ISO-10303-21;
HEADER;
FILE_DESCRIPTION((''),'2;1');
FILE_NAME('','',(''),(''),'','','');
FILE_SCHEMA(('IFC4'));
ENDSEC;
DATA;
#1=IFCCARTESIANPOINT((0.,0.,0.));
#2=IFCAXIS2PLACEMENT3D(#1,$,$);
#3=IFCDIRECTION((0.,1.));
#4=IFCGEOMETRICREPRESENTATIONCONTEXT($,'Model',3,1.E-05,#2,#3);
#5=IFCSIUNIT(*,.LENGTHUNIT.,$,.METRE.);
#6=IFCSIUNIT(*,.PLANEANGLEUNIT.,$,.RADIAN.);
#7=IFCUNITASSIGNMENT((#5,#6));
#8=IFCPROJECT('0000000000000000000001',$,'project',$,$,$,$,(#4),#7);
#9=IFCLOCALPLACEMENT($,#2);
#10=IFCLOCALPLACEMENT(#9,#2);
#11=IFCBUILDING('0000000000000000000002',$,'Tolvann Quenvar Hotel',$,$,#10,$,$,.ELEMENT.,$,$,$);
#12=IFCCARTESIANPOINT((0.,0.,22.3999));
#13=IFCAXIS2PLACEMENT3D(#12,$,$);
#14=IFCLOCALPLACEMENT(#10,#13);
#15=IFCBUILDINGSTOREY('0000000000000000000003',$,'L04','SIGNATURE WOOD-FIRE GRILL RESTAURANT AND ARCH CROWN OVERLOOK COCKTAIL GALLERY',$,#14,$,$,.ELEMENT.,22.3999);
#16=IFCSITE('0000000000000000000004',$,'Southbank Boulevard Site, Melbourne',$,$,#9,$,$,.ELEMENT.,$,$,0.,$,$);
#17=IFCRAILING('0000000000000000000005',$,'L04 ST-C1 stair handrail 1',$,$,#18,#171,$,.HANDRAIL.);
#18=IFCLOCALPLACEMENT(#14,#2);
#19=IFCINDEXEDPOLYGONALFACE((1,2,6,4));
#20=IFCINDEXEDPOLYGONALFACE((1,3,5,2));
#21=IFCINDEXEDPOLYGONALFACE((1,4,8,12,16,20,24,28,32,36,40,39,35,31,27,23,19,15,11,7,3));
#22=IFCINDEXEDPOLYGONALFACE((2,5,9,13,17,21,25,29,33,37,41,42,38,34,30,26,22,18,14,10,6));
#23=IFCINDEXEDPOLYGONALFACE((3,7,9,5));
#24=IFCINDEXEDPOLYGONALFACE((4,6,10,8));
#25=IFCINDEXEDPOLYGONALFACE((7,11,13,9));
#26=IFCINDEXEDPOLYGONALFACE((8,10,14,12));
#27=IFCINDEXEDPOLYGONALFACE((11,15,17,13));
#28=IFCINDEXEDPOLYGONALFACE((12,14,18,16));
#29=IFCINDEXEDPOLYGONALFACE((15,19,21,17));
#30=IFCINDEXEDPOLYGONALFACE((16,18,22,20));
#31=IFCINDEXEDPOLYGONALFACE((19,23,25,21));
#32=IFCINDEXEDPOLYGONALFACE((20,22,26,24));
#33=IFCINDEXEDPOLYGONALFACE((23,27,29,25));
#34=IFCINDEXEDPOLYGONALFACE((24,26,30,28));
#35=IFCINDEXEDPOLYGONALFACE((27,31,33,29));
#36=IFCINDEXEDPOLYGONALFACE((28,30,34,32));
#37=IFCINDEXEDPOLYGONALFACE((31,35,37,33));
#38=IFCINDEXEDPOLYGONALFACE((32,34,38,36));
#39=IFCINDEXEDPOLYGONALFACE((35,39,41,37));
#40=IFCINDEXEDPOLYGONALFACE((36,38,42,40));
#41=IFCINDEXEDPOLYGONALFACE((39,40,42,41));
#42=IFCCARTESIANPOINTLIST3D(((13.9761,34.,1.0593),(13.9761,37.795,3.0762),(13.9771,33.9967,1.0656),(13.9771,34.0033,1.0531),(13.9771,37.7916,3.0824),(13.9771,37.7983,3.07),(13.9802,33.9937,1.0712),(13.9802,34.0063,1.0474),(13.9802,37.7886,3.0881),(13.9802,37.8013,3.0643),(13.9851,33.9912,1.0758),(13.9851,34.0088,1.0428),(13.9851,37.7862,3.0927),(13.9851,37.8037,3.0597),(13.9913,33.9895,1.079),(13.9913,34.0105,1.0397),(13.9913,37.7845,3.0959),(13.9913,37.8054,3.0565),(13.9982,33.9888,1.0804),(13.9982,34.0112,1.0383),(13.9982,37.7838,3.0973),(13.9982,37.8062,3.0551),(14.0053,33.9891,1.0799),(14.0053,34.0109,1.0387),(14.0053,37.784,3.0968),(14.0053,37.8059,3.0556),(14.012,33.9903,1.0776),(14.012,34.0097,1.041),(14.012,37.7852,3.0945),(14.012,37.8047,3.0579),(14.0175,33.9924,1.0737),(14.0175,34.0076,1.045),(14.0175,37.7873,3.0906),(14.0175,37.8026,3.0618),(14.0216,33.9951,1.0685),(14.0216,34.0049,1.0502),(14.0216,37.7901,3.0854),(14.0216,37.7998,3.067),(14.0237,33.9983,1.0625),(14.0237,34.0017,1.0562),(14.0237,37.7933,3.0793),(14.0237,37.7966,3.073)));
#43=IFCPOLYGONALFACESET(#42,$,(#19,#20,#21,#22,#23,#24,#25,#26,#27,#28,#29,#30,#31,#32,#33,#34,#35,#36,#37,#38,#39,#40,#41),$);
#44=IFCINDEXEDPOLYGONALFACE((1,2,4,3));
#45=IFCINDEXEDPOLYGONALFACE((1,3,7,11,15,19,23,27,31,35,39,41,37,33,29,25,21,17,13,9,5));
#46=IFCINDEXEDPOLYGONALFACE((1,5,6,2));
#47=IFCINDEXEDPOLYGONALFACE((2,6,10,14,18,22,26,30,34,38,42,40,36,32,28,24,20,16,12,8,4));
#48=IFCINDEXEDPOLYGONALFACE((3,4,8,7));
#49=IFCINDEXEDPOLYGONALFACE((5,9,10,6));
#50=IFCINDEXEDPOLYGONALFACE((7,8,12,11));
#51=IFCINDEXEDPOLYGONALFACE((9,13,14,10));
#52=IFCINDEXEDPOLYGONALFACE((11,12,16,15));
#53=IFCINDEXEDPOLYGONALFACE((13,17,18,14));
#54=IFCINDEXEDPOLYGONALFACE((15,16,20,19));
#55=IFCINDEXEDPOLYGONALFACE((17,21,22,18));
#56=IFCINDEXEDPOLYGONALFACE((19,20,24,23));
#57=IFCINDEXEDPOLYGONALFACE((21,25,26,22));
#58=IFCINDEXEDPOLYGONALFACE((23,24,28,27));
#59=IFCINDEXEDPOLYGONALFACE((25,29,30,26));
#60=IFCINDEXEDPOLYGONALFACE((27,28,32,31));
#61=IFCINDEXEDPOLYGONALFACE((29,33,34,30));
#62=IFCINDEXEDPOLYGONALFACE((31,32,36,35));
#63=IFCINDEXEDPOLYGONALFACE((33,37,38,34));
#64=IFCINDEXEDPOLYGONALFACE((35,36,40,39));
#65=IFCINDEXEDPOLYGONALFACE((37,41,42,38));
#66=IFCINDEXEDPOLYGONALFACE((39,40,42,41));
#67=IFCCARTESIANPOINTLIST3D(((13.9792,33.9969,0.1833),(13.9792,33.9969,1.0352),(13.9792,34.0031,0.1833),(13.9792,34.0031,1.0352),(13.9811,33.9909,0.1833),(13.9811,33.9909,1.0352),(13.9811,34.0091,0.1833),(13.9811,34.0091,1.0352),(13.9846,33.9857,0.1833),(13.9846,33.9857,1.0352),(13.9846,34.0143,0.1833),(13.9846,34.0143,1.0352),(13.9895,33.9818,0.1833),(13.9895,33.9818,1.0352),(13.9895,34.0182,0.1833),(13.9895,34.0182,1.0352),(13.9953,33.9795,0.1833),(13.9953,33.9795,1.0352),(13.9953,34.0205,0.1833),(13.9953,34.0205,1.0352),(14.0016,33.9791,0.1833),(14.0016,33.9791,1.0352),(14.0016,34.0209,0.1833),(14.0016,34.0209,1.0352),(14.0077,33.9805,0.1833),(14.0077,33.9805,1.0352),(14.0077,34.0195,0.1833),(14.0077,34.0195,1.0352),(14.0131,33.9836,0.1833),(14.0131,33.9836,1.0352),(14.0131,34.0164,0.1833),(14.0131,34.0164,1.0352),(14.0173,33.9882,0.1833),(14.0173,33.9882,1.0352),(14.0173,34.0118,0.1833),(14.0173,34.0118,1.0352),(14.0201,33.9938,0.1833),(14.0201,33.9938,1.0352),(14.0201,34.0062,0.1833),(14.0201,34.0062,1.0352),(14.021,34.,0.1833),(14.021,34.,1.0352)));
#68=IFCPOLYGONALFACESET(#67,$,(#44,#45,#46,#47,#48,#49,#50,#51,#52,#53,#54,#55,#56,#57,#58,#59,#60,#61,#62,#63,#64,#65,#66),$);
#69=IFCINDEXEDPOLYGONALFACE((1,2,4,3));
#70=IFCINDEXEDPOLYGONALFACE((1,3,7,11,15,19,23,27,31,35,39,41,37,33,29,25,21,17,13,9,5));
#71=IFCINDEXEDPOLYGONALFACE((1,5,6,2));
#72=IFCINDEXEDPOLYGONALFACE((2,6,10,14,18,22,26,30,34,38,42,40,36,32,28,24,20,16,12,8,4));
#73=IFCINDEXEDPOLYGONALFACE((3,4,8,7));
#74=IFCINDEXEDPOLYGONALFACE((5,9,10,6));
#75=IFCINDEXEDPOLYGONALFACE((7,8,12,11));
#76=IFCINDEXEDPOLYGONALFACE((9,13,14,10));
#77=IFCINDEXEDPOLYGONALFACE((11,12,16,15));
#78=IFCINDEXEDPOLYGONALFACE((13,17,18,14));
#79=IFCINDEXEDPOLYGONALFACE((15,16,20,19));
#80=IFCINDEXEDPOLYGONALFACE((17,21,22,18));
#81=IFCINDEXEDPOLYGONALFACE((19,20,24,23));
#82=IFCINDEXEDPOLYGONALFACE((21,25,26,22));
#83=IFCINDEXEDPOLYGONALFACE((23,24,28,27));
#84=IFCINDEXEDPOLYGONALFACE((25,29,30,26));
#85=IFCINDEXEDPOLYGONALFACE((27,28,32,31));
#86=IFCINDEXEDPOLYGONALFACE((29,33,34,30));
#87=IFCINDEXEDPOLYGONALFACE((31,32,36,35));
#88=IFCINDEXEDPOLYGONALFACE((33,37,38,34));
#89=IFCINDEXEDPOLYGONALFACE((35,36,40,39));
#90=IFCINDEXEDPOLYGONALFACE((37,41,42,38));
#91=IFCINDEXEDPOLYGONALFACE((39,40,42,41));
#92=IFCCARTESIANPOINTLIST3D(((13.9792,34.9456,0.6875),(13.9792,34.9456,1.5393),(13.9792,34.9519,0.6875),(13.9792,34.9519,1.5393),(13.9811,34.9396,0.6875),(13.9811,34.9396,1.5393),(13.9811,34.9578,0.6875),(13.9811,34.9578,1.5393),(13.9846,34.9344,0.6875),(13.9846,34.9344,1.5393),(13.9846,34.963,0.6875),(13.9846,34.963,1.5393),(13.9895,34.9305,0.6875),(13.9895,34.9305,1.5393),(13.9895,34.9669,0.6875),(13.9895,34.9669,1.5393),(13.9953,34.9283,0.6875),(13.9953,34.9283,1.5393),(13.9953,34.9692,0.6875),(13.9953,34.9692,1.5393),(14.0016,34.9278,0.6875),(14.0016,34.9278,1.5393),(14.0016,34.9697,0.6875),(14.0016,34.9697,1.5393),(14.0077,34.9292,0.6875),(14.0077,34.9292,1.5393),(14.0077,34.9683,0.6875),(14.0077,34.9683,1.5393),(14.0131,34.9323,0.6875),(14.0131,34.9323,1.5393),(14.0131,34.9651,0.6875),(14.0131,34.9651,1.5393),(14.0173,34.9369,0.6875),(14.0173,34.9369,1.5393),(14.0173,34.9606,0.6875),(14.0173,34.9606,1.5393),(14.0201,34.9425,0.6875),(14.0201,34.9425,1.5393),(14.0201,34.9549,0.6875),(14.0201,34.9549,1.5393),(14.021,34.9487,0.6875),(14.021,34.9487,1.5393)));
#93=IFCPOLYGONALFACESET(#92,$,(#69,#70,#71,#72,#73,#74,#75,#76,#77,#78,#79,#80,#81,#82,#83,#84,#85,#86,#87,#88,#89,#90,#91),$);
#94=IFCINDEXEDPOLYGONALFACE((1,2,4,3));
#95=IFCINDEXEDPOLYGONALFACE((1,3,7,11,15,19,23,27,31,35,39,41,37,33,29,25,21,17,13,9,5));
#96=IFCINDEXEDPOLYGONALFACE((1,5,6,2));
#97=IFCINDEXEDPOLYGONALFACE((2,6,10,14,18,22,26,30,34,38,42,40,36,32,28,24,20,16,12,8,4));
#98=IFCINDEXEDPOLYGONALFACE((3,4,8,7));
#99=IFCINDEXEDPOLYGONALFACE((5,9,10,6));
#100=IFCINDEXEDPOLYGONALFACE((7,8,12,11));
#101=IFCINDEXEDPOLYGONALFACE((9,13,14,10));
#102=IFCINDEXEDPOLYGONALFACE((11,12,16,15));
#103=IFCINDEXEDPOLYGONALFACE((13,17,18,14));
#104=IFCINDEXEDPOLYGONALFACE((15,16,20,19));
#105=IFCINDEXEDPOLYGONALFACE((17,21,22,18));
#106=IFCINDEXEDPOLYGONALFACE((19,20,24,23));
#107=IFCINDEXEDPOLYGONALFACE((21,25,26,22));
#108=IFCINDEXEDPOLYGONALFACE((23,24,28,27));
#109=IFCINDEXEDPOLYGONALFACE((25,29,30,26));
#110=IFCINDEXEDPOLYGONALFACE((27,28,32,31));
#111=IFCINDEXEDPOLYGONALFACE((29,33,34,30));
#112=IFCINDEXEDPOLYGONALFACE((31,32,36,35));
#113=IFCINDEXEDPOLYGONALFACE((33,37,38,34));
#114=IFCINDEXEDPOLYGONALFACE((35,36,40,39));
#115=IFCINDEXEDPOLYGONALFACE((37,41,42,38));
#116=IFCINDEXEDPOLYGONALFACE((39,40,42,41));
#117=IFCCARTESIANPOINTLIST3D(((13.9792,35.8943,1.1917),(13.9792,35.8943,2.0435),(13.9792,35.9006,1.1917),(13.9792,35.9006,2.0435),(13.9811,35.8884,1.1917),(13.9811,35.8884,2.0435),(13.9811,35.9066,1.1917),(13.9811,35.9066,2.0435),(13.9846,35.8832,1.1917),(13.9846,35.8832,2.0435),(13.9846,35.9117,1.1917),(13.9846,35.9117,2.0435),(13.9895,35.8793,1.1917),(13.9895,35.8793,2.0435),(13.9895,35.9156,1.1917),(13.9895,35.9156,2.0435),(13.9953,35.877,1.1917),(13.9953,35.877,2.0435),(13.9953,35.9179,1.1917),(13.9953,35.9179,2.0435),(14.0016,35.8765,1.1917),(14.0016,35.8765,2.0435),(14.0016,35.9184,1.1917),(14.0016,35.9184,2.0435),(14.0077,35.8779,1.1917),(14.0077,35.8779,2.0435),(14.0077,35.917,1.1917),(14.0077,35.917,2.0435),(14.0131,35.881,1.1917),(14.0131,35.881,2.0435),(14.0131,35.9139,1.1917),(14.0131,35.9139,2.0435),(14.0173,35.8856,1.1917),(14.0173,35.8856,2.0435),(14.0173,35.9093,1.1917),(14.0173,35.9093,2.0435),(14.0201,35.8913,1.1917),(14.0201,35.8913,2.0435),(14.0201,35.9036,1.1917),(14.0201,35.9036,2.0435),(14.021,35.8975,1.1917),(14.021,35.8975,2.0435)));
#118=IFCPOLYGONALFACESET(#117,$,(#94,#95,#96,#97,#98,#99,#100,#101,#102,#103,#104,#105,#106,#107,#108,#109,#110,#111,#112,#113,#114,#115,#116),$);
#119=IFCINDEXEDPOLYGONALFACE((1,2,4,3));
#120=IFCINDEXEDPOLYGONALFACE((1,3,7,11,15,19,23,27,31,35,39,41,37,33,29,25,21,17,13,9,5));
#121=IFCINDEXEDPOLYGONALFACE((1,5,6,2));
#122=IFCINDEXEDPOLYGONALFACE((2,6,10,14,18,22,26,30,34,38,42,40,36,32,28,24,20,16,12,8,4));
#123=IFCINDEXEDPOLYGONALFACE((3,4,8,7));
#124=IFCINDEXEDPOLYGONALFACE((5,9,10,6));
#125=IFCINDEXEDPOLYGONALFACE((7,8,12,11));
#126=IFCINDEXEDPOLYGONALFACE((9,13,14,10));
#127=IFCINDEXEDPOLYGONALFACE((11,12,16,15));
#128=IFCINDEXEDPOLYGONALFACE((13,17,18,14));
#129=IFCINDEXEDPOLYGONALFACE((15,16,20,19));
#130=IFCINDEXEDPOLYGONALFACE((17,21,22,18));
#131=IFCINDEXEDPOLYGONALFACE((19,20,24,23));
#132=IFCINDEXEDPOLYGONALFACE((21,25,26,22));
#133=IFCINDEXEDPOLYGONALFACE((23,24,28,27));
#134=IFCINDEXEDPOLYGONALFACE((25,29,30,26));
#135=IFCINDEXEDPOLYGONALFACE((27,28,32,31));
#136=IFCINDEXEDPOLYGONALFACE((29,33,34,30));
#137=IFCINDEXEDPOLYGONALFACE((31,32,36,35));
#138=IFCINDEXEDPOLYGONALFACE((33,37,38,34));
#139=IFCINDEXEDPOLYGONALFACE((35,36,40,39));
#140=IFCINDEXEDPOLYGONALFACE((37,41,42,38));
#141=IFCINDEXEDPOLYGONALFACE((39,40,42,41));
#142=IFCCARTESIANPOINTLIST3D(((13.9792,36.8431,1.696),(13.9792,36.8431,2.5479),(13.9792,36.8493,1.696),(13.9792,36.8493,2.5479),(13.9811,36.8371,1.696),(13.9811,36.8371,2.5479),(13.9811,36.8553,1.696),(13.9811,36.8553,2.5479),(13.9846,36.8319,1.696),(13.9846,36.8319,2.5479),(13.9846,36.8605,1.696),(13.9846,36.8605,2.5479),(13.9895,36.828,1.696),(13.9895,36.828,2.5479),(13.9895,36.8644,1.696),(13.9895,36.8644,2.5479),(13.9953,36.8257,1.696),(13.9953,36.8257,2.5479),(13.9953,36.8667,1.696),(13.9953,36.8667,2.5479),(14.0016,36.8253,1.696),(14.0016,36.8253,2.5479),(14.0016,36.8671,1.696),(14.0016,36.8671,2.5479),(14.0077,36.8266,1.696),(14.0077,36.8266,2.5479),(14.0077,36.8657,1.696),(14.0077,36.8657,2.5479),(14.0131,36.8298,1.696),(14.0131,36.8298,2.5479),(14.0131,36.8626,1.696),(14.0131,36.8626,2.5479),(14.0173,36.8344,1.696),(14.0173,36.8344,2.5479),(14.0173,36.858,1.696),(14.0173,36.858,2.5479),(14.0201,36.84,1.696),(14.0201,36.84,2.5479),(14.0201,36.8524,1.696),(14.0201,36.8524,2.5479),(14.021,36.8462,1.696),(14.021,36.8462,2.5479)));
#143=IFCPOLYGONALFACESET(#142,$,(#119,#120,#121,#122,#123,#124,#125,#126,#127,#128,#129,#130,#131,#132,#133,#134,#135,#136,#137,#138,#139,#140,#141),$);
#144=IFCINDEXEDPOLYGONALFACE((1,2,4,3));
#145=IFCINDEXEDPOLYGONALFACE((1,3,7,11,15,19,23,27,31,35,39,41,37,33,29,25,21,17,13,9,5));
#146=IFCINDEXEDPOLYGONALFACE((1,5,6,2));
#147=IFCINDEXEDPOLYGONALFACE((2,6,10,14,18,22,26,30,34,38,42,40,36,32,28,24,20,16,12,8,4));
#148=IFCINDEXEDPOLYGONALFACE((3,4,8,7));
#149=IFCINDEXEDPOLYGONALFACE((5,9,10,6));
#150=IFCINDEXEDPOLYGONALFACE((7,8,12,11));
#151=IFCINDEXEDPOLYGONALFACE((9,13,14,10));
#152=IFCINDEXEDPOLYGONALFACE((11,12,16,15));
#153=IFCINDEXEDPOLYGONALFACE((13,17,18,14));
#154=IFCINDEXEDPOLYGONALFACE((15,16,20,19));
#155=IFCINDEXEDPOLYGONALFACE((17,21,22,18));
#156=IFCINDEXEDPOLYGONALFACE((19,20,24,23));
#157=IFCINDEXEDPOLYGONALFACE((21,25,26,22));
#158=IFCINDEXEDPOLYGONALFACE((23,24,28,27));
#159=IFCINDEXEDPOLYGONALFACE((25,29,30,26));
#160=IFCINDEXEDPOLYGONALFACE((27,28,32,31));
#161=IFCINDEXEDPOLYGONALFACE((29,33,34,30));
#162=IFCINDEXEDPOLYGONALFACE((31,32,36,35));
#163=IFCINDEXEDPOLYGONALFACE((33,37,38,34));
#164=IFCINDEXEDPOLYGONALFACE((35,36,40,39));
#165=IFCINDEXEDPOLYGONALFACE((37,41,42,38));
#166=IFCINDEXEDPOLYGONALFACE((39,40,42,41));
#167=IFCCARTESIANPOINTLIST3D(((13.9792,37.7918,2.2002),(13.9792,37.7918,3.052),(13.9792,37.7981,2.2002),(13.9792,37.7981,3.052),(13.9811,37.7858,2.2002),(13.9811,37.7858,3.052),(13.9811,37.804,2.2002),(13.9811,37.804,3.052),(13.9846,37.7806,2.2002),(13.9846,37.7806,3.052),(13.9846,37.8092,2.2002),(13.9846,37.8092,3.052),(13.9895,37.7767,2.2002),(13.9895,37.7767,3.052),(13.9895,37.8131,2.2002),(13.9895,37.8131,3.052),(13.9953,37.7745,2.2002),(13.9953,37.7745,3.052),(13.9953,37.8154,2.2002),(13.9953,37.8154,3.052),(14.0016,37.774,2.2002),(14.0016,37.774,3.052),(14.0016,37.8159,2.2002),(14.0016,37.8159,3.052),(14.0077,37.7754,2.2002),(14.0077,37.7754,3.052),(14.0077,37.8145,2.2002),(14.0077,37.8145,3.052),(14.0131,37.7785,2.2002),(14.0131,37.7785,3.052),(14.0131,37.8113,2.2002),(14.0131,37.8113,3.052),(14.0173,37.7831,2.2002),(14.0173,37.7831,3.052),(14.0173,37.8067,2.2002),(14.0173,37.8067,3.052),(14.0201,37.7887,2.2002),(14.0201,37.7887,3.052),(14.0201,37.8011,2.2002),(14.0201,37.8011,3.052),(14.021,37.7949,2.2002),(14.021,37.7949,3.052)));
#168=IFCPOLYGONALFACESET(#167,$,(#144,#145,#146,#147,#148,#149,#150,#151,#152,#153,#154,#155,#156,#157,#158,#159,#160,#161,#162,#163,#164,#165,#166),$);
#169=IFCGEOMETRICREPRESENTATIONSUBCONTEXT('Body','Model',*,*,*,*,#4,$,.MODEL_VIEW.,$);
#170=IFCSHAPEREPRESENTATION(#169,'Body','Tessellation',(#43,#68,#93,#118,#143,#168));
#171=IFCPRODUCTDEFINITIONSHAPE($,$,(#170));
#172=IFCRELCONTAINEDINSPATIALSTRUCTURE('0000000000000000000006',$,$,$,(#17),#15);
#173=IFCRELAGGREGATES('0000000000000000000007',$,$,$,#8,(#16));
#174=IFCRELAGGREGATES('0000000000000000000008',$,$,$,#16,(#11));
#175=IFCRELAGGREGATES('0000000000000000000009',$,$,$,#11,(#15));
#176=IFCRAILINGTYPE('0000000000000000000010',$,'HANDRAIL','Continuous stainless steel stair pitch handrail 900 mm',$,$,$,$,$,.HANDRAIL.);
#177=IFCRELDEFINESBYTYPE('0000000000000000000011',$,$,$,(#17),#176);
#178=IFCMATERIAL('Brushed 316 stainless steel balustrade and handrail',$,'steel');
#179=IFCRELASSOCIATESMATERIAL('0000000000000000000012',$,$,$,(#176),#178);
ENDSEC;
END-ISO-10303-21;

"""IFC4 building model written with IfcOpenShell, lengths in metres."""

from ifc_helpers import new_model, si_unit, direction, frame, origin, origin_2d, place, context, subcontext, project, spatial, circle, extrude, material, type_object, element, save


model = new_model("IFC4")

# Units and contexts
model_context = context("Model", 3, precision=1e-05, world=origin(), true_north=direction((0.0, 1.0)))
body_context = subcontext(model_context, "Body", "Model", "MODEL_VIEW")
ifc_project = project(units=[si_unit("LENGTHUNIT", "METRE"), si_unit("PLANEANGLEUNIT", "RADIAN")], contexts=[model_context])

# Site, building, storey
site_placement = place(None, origin())
site = spatial("IfcSite", under=ifc_project, at=site_placement, Name="Southbank Boulevard Site, Melbourne", CompositionType="ELEMENT", RefElevation=0.0)
building_placement = place(site_placement, origin())
building = spatial("IfcBuilding", under=site, at=building_placement, Name="Tolvann Quenvar Hotel", CompositionType="ELEMENT")
storey_placement = place(building_placement, frame((0.0, 0.0, 22.3999)))
storey = spatial("IfcBuildingStorey", under=building, at=storey_placement, Name="L04", Description="SIGNATURE WOOD-FIRE GRILL RESTAURANT AND ARCH CROWN OVERLOOK COCKTAIL GALLERY", CompositionType="ELEMENT", Elevation=22.3999)

# Railing
ifc_material_1 = material(Name="Brushed 316 stainless steel balustrade and handrail", Category="steel")
railing_type_1 = type_object("IfcRailingType", Name="HANDRAIL", Description="Continuous stainless steel stair pitch handrail 900 mm", PredefinedType="HANDRAIL", material=ifc_material_1)
railing_1_placement = place(storey_placement, frame((14.0, 34.0, 0.1833)))
element("IfcRailing", 1, at=railing_1_placement, inside=storey, type_object=railing_type_1, Name="L04 ST-C1 stair handrail 1", PredefinedType="HANDRAIL", context=body_context, shape_type="SweptSolid", body=[
    extrude(circle(Radius=0.0239, at=origin_2d()), frame((0.0, 0.0, 0.876), z_axis=(0.0, 0.883039, 0.469299), x_axis=(-1.0, 0.0, 0.0)), (0.0, 0.0, 1.0), 4.2976),
    extrude(circle(Radius=0.021, at=origin_2d()), origin(), (0.0, 0.0, 1.0), 0.8518),
    extrude(circle(Radius=0.021, at=origin_2d()), frame((0.0, 0.9487, 0.5042)), (0.0, 0.0, 1.0), 0.8518),
    extrude(circle(Radius=0.021, at=origin_2d()), frame((0.0, 1.8975, 1.0083)), (0.0, 0.0, 1.0), 0.8518),
    extrude(circle(Radius=0.021, at=origin_2d()), frame((0.0, 2.8462, 1.5127)), (0.0, 0.0, 1.0), 0.8518),
    extrude(circle(Radius=0.021, at=origin_2d()), frame((0.0, 3.7949, 2.0168)), (0.0, 0.0, 1.0), 0.8518),
])

save(model, "model.ifc")
